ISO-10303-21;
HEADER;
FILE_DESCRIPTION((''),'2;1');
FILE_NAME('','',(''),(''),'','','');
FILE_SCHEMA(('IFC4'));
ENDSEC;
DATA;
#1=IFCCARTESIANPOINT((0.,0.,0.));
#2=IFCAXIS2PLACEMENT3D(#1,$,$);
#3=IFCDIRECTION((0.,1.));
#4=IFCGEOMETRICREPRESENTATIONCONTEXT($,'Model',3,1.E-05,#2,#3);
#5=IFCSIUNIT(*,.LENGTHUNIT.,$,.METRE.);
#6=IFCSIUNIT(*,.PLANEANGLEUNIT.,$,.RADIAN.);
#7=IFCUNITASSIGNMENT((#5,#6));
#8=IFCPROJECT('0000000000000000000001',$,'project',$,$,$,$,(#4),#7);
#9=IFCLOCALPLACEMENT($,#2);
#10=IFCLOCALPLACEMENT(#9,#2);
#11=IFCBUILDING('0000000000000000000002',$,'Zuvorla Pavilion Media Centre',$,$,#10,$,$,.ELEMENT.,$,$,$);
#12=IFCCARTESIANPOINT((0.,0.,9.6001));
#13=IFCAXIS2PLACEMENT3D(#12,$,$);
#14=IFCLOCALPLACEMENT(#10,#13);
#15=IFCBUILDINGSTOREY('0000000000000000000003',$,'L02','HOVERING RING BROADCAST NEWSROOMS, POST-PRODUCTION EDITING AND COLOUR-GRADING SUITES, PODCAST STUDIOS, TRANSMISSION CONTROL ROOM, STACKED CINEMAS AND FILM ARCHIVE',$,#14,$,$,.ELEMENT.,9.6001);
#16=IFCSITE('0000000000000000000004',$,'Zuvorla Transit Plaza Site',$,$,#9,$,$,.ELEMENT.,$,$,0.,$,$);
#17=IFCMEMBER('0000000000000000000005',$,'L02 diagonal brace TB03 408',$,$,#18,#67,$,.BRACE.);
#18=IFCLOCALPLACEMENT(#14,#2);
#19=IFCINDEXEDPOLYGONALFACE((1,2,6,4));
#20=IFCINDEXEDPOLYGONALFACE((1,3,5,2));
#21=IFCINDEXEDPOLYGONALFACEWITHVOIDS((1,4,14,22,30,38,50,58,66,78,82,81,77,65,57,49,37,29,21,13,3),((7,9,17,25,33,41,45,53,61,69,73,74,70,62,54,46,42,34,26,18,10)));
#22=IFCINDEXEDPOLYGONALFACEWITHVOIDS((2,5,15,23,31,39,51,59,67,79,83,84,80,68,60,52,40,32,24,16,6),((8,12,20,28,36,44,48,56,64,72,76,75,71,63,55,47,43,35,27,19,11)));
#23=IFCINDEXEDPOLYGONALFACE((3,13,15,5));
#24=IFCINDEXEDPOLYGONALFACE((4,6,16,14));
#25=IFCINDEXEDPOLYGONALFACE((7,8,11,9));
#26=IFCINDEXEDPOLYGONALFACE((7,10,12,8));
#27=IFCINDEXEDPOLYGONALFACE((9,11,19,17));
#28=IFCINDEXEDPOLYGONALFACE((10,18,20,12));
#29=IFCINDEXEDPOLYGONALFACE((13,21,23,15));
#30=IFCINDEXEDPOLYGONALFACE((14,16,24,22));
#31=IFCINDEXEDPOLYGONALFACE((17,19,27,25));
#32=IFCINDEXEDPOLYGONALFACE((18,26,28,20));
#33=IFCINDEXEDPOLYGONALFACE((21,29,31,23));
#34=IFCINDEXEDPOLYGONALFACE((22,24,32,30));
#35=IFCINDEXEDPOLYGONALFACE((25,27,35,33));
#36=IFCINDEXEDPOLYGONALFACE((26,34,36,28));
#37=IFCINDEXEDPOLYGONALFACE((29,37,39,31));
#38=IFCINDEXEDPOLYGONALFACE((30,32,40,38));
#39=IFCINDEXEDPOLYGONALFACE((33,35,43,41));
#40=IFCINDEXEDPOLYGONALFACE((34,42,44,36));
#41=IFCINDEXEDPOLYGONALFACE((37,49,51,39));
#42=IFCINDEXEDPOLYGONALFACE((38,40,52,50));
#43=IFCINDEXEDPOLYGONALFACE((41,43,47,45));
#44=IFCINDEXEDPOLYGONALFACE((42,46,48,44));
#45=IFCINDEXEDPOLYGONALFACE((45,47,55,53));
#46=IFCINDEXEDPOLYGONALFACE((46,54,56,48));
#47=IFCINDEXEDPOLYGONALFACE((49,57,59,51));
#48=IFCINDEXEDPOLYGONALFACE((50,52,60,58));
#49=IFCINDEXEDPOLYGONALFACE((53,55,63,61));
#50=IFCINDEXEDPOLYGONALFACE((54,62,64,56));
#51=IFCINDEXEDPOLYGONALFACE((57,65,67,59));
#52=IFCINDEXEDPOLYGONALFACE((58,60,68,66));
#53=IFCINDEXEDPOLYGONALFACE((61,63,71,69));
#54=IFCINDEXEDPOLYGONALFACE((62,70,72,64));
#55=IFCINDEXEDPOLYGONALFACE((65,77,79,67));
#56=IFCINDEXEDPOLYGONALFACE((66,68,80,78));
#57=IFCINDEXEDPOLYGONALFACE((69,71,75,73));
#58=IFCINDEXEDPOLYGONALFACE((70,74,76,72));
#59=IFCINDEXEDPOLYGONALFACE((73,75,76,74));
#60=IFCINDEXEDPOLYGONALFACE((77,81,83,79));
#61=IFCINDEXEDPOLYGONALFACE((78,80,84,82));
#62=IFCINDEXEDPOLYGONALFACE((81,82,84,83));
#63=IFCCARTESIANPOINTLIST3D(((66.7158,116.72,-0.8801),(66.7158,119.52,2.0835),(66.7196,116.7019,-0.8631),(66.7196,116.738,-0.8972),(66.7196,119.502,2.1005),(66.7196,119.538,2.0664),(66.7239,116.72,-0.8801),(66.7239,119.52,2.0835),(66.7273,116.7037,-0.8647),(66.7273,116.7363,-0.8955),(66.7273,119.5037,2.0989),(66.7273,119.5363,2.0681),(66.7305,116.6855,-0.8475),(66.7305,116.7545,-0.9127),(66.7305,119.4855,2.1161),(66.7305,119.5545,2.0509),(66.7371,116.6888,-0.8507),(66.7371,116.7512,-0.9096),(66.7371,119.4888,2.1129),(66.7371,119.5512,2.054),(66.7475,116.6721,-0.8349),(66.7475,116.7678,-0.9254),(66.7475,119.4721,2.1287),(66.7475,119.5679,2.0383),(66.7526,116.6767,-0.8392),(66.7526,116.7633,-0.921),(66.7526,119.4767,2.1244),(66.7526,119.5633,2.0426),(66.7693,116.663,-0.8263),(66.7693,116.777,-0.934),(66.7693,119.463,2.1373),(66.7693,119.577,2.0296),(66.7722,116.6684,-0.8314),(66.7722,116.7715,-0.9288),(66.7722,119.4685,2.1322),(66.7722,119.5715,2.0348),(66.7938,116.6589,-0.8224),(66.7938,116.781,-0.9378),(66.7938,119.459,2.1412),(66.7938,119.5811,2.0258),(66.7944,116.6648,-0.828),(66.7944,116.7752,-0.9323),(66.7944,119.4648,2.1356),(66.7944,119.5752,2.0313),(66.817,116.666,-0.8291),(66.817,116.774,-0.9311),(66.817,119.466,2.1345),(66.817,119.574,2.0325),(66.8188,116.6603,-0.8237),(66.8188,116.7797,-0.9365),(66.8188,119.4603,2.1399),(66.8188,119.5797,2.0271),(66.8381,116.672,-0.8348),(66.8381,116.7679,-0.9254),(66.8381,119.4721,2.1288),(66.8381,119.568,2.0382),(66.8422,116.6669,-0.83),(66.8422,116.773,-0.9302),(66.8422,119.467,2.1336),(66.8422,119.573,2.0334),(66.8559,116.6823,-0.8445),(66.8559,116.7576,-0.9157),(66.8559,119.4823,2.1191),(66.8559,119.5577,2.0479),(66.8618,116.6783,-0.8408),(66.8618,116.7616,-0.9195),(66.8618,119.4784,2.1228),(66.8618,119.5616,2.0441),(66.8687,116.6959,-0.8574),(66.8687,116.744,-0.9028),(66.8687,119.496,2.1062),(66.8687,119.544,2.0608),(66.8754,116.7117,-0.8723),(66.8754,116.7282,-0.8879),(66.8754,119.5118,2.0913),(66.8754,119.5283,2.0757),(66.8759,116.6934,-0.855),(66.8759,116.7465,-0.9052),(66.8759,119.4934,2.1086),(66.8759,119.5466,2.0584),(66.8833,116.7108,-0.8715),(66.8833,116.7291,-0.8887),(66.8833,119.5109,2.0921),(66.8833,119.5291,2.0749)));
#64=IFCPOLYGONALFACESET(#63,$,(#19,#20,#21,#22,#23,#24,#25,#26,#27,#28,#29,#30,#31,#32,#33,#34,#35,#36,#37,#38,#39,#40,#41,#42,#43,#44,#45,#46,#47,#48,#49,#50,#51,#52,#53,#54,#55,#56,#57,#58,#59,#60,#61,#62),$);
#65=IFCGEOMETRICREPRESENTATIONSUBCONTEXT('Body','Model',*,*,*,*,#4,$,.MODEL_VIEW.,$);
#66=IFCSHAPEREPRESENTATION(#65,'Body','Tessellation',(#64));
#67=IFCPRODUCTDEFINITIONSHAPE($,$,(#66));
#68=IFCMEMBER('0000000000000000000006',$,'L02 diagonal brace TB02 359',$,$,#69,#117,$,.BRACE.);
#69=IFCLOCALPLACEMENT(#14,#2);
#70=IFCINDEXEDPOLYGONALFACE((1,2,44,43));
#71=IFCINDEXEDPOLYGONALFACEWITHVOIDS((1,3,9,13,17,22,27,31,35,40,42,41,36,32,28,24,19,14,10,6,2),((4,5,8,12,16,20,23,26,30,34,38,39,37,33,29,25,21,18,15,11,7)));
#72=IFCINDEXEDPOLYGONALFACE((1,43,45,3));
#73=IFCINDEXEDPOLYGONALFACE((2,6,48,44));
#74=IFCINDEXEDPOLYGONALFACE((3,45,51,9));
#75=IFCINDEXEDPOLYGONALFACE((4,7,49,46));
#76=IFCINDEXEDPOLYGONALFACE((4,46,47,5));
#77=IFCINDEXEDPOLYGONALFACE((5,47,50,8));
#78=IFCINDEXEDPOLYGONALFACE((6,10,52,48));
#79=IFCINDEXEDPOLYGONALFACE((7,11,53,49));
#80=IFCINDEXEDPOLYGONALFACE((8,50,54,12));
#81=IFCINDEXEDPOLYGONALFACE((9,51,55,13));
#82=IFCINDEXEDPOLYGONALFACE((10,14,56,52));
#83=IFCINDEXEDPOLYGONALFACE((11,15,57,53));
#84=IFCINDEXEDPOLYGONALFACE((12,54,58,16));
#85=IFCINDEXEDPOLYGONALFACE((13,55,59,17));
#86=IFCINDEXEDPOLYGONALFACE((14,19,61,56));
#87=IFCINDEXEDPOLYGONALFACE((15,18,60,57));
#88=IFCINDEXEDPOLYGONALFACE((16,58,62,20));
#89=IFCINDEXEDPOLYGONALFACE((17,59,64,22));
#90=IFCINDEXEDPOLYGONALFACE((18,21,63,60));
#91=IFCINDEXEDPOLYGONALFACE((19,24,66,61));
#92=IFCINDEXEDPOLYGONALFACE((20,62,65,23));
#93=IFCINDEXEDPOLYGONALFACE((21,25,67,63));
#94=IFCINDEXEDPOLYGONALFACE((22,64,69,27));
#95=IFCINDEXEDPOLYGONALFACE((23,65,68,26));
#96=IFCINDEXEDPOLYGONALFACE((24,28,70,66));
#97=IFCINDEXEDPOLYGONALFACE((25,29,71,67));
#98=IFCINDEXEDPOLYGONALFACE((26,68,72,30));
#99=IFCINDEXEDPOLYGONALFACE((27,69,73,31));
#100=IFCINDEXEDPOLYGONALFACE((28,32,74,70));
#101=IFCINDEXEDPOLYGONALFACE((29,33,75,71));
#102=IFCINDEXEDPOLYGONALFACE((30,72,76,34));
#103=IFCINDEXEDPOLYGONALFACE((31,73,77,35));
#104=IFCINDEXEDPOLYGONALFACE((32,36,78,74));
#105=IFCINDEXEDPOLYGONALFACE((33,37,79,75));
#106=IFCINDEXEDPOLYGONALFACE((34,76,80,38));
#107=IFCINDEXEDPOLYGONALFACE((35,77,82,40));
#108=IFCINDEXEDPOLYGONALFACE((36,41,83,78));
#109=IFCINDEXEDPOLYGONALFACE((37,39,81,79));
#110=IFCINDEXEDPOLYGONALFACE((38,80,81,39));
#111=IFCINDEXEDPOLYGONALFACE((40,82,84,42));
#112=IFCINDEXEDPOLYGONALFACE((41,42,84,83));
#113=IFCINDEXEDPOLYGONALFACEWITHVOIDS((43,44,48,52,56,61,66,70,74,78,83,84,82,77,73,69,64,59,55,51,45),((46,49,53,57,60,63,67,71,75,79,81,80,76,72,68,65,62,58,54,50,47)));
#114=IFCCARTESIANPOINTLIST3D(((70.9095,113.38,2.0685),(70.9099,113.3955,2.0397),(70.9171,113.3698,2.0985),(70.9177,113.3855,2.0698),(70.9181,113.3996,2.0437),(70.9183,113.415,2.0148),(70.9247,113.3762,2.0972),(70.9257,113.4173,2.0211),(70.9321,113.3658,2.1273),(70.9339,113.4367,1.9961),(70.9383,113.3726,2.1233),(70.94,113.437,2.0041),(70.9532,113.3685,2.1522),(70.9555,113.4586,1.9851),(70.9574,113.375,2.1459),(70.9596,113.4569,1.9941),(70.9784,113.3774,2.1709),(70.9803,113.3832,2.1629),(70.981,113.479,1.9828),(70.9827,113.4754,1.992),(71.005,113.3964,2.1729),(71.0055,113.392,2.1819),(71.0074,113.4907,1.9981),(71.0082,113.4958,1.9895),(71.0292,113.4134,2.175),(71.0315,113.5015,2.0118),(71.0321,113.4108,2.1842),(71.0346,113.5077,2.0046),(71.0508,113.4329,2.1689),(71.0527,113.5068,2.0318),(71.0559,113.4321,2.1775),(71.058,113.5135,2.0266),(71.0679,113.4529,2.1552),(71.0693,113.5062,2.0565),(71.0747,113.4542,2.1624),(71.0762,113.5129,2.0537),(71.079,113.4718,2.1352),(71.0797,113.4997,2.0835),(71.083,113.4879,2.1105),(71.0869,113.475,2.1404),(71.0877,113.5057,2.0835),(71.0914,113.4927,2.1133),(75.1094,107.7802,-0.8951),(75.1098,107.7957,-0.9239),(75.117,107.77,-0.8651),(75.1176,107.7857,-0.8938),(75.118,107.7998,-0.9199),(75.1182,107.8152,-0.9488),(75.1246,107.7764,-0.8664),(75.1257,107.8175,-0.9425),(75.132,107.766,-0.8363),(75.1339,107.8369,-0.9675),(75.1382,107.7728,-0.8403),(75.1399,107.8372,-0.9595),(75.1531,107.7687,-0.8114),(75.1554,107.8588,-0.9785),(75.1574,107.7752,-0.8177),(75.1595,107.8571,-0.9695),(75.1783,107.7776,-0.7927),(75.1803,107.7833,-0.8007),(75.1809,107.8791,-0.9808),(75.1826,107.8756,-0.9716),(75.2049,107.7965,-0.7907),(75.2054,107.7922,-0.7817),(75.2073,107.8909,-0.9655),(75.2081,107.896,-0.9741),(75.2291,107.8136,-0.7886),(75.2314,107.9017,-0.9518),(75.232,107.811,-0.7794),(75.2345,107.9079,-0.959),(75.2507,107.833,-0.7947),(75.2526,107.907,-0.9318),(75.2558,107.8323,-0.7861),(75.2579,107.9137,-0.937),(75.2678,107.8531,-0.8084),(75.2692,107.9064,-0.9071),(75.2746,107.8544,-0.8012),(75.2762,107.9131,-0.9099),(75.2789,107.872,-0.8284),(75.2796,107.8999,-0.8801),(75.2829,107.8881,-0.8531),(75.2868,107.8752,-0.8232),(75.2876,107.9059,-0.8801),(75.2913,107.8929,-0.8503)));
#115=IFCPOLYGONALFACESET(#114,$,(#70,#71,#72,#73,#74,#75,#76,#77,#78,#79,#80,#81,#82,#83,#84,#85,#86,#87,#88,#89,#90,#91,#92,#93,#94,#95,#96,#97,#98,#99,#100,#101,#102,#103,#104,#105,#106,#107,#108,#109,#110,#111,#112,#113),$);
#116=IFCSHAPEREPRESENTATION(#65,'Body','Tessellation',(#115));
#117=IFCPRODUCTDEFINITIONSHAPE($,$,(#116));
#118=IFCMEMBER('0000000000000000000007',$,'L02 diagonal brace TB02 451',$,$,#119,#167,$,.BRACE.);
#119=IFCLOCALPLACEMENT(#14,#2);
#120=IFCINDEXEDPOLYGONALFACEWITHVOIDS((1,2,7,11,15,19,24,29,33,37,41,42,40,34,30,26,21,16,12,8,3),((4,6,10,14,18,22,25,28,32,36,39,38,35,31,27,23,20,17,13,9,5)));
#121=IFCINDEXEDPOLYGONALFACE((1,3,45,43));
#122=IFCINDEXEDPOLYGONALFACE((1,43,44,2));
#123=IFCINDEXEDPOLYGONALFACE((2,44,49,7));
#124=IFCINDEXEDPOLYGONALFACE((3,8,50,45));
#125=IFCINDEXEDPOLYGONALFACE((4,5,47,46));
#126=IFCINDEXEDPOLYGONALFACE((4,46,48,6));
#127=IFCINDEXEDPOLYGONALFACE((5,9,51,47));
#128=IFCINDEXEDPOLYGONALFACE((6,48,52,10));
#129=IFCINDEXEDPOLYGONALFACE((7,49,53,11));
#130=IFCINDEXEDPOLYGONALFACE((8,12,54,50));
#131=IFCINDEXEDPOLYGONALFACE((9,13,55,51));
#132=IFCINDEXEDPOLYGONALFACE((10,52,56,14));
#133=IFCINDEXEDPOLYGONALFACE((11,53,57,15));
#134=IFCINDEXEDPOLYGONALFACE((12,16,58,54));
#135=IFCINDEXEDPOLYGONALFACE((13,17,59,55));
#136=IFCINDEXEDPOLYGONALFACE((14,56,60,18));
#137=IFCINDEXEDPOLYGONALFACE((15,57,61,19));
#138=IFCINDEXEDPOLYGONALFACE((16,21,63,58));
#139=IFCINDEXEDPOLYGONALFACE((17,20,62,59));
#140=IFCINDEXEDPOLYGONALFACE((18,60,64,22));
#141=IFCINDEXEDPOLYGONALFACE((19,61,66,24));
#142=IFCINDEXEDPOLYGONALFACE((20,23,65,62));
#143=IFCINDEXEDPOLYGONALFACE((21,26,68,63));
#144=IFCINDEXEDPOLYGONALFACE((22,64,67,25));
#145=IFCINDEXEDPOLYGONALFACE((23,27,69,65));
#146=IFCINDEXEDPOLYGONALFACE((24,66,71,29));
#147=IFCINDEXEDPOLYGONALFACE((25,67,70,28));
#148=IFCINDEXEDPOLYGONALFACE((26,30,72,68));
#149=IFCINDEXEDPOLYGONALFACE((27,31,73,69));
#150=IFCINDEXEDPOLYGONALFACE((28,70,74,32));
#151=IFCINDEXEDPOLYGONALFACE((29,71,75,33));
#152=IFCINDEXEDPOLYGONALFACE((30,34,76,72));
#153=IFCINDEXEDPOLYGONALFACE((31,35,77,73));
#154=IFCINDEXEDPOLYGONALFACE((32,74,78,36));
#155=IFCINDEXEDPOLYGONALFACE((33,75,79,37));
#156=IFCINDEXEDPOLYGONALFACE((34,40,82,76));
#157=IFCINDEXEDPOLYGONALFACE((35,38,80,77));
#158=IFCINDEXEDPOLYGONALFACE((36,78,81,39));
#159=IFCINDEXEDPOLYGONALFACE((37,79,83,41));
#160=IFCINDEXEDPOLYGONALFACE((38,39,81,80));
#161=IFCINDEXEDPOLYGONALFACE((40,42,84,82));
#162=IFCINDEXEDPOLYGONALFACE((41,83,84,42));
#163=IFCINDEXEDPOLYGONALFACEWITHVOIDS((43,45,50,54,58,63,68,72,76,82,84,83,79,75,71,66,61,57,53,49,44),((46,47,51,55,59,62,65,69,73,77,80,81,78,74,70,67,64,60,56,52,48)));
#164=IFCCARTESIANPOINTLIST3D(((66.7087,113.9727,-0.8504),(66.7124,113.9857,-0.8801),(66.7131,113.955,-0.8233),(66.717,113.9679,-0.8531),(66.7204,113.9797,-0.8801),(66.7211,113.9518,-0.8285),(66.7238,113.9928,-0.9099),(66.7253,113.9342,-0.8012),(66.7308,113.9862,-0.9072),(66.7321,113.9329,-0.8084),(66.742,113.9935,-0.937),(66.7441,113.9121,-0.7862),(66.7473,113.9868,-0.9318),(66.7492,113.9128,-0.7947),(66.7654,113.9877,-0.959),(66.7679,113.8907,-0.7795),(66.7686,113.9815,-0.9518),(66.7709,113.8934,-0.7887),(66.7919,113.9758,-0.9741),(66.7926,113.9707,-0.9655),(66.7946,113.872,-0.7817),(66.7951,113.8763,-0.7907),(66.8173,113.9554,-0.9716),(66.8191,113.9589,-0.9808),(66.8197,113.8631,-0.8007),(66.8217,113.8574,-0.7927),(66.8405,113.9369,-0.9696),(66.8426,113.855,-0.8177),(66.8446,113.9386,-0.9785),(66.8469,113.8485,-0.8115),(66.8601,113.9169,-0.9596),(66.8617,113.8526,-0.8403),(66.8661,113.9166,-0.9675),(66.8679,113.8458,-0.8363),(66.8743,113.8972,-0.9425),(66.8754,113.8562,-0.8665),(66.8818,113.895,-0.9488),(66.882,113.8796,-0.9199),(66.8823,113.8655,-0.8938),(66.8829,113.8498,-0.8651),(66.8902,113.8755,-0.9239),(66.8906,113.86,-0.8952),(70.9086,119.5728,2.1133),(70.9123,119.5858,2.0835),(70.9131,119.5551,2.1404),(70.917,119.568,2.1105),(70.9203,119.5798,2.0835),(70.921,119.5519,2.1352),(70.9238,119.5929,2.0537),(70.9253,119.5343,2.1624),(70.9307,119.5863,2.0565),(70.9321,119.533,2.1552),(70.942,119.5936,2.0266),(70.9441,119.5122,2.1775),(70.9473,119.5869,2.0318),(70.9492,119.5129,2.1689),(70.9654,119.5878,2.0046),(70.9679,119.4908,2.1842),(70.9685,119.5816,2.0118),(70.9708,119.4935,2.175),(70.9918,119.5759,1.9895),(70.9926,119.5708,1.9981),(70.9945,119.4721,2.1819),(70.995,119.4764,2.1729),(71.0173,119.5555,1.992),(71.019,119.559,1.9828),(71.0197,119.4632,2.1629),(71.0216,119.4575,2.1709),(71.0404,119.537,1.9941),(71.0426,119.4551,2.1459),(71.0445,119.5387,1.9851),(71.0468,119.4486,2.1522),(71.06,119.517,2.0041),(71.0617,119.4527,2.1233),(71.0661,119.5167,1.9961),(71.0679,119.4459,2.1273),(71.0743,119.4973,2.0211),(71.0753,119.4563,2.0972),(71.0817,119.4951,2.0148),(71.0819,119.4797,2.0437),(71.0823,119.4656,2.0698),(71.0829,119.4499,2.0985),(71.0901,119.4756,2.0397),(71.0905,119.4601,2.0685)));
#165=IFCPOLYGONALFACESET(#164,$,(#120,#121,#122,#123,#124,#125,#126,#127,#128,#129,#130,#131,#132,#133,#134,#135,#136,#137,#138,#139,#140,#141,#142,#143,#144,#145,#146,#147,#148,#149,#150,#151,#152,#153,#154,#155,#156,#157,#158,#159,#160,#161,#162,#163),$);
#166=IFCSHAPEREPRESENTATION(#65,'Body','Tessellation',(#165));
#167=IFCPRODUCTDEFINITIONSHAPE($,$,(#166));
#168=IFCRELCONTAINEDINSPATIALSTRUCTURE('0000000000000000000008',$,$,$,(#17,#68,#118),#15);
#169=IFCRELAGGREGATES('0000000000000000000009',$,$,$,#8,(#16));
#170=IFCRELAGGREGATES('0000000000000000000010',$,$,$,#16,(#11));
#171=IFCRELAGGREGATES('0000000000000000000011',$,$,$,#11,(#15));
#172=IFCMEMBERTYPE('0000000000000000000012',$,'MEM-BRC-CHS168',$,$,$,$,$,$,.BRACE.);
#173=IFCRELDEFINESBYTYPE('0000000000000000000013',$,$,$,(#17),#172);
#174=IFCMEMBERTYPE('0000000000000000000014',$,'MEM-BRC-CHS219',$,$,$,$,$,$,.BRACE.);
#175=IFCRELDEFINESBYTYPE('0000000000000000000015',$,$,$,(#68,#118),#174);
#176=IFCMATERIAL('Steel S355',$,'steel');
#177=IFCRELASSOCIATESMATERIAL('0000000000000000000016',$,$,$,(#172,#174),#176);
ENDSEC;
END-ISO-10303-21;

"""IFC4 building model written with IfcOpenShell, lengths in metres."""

from ifc_helpers import new_model, si_unit, direction, frame, origin, origin_2d, place, context, subcontext, project, spatial, hollow_circle, extrude, material, material_profile, profile_set, type_object, element, save


model = new_model("IFC4")

# Units and contexts
model_context = context("Model", 3, precision=1e-05, world=origin(), true_north=direction((0.0, 1.0)))
body_context = subcontext(model_context, "Body", "Model", "MODEL_VIEW")
ifc_project = project(units=[si_unit("LENGTHUNIT", "METRE"), si_unit("PLANEANGLEUNIT", "RADIAN")], contexts=[model_context])

# Site, building, storey
site_placement = place(None, origin())
site = spatial("IfcSite", under=ifc_project, at=site_placement, Name="Zuvorla Transit Plaza Site", CompositionType="ELEMENT", RefElevation=0.0)
building_placement = place(site_placement, origin())
building = spatial("IfcBuilding", under=site, at=building_placement, Name="Zuvorla Pavilion Media Centre", CompositionType="ELEMENT")
storey_placement = place(building_placement, frame((0.0, 0.0, 9.6001)))
storey = spatial("IfcBuildingStorey", under=building, at=storey_placement, Name="L02", Description="HOVERING RING BROADCAST NEWSROOMS, POST-PRODUCTION EDITING AND COLOUR-GRADING SUITES, PODCAST STUDIOS, TRANSMISSION CONTROL ROOM, STACKED CINEMAS AND FILM ARCHIVE", CompositionType="ELEMENT", Elevation=9.6001)

# Shared definitions
ifc_material_1 = material(Name="Steel S355", Category="steel")

# Members
ifc_material_profile_1 = material_profile(ifc_material_1, hollow_circle(Radius=0.0842, WallThickness=0.0081, at=origin_2d()), Name="CHS 168.3x8")
ifc_profile_set_1 = profile_set([ifc_material_profile_1], Name="Steel S355")
member_type_1 = type_object("IfcMemberType", Name="MEM-BRC-CHS168", PredefinedType="BRACE", material=ifc_profile_set_1)
member_1_placement = place(storey_placement, frame((66.8, 116.72, -0.8801), z_axis=(0.0, 0.686762, 0.726882), x_axis=(-1.0, 0.0, 0.0)))
element("IfcMember", 1, at=member_1_placement, inside=storey, type_object=member_type_1, Name="L02 diagonal brace TB03 408", PredefinedType="BRACE", context=body_context, shape_type="SweptSolid", body=[
    extrude(hollow_circle(Radius=0.0842, WallThickness=0.0081, at=origin_2d()), origin(), (0.0, 0.0, 1.0), 4.0771),
])
ifc_material_profile_2 = material_profile(ifc_material_1, hollow_circle(Radius=0.1096, WallThickness=0.01, at=origin_2d()), Name="CHS 219.1x10")
ifc_profile_set_2 = profile_set([ifc_material_profile_2], Name="Steel S355")
member_type_2 = type_object("IfcMemberType", Name="MEM-BRC-CHS219", PredefinedType="BRACE", material=ifc_profile_set_2)
member_2_placement = place(storey_placement, frame((71.0, 113.4399, 2.0835), z_axis=(0.552525, -0.736689, -0.389879), x_axis=(0.799996, 0.600006, 0.0)))
element("IfcMember", 2, at=member_2_placement, inside=storey, type_object=member_type_2, Name="L02 diagonal brace TB02 359", PredefinedType="BRACE", context=body_context, shape_type="SweptSolid", body=[
    extrude(hollow_circle(Radius=0.1096, WallThickness=0.01, at=origin_2d()), origin(), (0.0, 0.0, 1.0), 7.6013),
])
member_3_placement = place(storey_placement, frame((66.8, 113.9199, -0.8801), z_axis=(0.552512, 0.736704, 0.38987), x_axis=(-0.800008, 0.599989, 0.0)))
element("IfcMember", 3, at=member_3_placement, inside=storey, type_object=member_type_2, Name="L02 diagonal brace TB02 451", PredefinedType="BRACE", context=body_context, shape_type="SweptSolid", body=[
    extrude(hollow_circle(Radius=0.1096, WallThickness=0.01, at=origin_2d()), origin(), (0.0, 0.0, 1.0), 7.6016),
])

save(model, "model.ifc")
